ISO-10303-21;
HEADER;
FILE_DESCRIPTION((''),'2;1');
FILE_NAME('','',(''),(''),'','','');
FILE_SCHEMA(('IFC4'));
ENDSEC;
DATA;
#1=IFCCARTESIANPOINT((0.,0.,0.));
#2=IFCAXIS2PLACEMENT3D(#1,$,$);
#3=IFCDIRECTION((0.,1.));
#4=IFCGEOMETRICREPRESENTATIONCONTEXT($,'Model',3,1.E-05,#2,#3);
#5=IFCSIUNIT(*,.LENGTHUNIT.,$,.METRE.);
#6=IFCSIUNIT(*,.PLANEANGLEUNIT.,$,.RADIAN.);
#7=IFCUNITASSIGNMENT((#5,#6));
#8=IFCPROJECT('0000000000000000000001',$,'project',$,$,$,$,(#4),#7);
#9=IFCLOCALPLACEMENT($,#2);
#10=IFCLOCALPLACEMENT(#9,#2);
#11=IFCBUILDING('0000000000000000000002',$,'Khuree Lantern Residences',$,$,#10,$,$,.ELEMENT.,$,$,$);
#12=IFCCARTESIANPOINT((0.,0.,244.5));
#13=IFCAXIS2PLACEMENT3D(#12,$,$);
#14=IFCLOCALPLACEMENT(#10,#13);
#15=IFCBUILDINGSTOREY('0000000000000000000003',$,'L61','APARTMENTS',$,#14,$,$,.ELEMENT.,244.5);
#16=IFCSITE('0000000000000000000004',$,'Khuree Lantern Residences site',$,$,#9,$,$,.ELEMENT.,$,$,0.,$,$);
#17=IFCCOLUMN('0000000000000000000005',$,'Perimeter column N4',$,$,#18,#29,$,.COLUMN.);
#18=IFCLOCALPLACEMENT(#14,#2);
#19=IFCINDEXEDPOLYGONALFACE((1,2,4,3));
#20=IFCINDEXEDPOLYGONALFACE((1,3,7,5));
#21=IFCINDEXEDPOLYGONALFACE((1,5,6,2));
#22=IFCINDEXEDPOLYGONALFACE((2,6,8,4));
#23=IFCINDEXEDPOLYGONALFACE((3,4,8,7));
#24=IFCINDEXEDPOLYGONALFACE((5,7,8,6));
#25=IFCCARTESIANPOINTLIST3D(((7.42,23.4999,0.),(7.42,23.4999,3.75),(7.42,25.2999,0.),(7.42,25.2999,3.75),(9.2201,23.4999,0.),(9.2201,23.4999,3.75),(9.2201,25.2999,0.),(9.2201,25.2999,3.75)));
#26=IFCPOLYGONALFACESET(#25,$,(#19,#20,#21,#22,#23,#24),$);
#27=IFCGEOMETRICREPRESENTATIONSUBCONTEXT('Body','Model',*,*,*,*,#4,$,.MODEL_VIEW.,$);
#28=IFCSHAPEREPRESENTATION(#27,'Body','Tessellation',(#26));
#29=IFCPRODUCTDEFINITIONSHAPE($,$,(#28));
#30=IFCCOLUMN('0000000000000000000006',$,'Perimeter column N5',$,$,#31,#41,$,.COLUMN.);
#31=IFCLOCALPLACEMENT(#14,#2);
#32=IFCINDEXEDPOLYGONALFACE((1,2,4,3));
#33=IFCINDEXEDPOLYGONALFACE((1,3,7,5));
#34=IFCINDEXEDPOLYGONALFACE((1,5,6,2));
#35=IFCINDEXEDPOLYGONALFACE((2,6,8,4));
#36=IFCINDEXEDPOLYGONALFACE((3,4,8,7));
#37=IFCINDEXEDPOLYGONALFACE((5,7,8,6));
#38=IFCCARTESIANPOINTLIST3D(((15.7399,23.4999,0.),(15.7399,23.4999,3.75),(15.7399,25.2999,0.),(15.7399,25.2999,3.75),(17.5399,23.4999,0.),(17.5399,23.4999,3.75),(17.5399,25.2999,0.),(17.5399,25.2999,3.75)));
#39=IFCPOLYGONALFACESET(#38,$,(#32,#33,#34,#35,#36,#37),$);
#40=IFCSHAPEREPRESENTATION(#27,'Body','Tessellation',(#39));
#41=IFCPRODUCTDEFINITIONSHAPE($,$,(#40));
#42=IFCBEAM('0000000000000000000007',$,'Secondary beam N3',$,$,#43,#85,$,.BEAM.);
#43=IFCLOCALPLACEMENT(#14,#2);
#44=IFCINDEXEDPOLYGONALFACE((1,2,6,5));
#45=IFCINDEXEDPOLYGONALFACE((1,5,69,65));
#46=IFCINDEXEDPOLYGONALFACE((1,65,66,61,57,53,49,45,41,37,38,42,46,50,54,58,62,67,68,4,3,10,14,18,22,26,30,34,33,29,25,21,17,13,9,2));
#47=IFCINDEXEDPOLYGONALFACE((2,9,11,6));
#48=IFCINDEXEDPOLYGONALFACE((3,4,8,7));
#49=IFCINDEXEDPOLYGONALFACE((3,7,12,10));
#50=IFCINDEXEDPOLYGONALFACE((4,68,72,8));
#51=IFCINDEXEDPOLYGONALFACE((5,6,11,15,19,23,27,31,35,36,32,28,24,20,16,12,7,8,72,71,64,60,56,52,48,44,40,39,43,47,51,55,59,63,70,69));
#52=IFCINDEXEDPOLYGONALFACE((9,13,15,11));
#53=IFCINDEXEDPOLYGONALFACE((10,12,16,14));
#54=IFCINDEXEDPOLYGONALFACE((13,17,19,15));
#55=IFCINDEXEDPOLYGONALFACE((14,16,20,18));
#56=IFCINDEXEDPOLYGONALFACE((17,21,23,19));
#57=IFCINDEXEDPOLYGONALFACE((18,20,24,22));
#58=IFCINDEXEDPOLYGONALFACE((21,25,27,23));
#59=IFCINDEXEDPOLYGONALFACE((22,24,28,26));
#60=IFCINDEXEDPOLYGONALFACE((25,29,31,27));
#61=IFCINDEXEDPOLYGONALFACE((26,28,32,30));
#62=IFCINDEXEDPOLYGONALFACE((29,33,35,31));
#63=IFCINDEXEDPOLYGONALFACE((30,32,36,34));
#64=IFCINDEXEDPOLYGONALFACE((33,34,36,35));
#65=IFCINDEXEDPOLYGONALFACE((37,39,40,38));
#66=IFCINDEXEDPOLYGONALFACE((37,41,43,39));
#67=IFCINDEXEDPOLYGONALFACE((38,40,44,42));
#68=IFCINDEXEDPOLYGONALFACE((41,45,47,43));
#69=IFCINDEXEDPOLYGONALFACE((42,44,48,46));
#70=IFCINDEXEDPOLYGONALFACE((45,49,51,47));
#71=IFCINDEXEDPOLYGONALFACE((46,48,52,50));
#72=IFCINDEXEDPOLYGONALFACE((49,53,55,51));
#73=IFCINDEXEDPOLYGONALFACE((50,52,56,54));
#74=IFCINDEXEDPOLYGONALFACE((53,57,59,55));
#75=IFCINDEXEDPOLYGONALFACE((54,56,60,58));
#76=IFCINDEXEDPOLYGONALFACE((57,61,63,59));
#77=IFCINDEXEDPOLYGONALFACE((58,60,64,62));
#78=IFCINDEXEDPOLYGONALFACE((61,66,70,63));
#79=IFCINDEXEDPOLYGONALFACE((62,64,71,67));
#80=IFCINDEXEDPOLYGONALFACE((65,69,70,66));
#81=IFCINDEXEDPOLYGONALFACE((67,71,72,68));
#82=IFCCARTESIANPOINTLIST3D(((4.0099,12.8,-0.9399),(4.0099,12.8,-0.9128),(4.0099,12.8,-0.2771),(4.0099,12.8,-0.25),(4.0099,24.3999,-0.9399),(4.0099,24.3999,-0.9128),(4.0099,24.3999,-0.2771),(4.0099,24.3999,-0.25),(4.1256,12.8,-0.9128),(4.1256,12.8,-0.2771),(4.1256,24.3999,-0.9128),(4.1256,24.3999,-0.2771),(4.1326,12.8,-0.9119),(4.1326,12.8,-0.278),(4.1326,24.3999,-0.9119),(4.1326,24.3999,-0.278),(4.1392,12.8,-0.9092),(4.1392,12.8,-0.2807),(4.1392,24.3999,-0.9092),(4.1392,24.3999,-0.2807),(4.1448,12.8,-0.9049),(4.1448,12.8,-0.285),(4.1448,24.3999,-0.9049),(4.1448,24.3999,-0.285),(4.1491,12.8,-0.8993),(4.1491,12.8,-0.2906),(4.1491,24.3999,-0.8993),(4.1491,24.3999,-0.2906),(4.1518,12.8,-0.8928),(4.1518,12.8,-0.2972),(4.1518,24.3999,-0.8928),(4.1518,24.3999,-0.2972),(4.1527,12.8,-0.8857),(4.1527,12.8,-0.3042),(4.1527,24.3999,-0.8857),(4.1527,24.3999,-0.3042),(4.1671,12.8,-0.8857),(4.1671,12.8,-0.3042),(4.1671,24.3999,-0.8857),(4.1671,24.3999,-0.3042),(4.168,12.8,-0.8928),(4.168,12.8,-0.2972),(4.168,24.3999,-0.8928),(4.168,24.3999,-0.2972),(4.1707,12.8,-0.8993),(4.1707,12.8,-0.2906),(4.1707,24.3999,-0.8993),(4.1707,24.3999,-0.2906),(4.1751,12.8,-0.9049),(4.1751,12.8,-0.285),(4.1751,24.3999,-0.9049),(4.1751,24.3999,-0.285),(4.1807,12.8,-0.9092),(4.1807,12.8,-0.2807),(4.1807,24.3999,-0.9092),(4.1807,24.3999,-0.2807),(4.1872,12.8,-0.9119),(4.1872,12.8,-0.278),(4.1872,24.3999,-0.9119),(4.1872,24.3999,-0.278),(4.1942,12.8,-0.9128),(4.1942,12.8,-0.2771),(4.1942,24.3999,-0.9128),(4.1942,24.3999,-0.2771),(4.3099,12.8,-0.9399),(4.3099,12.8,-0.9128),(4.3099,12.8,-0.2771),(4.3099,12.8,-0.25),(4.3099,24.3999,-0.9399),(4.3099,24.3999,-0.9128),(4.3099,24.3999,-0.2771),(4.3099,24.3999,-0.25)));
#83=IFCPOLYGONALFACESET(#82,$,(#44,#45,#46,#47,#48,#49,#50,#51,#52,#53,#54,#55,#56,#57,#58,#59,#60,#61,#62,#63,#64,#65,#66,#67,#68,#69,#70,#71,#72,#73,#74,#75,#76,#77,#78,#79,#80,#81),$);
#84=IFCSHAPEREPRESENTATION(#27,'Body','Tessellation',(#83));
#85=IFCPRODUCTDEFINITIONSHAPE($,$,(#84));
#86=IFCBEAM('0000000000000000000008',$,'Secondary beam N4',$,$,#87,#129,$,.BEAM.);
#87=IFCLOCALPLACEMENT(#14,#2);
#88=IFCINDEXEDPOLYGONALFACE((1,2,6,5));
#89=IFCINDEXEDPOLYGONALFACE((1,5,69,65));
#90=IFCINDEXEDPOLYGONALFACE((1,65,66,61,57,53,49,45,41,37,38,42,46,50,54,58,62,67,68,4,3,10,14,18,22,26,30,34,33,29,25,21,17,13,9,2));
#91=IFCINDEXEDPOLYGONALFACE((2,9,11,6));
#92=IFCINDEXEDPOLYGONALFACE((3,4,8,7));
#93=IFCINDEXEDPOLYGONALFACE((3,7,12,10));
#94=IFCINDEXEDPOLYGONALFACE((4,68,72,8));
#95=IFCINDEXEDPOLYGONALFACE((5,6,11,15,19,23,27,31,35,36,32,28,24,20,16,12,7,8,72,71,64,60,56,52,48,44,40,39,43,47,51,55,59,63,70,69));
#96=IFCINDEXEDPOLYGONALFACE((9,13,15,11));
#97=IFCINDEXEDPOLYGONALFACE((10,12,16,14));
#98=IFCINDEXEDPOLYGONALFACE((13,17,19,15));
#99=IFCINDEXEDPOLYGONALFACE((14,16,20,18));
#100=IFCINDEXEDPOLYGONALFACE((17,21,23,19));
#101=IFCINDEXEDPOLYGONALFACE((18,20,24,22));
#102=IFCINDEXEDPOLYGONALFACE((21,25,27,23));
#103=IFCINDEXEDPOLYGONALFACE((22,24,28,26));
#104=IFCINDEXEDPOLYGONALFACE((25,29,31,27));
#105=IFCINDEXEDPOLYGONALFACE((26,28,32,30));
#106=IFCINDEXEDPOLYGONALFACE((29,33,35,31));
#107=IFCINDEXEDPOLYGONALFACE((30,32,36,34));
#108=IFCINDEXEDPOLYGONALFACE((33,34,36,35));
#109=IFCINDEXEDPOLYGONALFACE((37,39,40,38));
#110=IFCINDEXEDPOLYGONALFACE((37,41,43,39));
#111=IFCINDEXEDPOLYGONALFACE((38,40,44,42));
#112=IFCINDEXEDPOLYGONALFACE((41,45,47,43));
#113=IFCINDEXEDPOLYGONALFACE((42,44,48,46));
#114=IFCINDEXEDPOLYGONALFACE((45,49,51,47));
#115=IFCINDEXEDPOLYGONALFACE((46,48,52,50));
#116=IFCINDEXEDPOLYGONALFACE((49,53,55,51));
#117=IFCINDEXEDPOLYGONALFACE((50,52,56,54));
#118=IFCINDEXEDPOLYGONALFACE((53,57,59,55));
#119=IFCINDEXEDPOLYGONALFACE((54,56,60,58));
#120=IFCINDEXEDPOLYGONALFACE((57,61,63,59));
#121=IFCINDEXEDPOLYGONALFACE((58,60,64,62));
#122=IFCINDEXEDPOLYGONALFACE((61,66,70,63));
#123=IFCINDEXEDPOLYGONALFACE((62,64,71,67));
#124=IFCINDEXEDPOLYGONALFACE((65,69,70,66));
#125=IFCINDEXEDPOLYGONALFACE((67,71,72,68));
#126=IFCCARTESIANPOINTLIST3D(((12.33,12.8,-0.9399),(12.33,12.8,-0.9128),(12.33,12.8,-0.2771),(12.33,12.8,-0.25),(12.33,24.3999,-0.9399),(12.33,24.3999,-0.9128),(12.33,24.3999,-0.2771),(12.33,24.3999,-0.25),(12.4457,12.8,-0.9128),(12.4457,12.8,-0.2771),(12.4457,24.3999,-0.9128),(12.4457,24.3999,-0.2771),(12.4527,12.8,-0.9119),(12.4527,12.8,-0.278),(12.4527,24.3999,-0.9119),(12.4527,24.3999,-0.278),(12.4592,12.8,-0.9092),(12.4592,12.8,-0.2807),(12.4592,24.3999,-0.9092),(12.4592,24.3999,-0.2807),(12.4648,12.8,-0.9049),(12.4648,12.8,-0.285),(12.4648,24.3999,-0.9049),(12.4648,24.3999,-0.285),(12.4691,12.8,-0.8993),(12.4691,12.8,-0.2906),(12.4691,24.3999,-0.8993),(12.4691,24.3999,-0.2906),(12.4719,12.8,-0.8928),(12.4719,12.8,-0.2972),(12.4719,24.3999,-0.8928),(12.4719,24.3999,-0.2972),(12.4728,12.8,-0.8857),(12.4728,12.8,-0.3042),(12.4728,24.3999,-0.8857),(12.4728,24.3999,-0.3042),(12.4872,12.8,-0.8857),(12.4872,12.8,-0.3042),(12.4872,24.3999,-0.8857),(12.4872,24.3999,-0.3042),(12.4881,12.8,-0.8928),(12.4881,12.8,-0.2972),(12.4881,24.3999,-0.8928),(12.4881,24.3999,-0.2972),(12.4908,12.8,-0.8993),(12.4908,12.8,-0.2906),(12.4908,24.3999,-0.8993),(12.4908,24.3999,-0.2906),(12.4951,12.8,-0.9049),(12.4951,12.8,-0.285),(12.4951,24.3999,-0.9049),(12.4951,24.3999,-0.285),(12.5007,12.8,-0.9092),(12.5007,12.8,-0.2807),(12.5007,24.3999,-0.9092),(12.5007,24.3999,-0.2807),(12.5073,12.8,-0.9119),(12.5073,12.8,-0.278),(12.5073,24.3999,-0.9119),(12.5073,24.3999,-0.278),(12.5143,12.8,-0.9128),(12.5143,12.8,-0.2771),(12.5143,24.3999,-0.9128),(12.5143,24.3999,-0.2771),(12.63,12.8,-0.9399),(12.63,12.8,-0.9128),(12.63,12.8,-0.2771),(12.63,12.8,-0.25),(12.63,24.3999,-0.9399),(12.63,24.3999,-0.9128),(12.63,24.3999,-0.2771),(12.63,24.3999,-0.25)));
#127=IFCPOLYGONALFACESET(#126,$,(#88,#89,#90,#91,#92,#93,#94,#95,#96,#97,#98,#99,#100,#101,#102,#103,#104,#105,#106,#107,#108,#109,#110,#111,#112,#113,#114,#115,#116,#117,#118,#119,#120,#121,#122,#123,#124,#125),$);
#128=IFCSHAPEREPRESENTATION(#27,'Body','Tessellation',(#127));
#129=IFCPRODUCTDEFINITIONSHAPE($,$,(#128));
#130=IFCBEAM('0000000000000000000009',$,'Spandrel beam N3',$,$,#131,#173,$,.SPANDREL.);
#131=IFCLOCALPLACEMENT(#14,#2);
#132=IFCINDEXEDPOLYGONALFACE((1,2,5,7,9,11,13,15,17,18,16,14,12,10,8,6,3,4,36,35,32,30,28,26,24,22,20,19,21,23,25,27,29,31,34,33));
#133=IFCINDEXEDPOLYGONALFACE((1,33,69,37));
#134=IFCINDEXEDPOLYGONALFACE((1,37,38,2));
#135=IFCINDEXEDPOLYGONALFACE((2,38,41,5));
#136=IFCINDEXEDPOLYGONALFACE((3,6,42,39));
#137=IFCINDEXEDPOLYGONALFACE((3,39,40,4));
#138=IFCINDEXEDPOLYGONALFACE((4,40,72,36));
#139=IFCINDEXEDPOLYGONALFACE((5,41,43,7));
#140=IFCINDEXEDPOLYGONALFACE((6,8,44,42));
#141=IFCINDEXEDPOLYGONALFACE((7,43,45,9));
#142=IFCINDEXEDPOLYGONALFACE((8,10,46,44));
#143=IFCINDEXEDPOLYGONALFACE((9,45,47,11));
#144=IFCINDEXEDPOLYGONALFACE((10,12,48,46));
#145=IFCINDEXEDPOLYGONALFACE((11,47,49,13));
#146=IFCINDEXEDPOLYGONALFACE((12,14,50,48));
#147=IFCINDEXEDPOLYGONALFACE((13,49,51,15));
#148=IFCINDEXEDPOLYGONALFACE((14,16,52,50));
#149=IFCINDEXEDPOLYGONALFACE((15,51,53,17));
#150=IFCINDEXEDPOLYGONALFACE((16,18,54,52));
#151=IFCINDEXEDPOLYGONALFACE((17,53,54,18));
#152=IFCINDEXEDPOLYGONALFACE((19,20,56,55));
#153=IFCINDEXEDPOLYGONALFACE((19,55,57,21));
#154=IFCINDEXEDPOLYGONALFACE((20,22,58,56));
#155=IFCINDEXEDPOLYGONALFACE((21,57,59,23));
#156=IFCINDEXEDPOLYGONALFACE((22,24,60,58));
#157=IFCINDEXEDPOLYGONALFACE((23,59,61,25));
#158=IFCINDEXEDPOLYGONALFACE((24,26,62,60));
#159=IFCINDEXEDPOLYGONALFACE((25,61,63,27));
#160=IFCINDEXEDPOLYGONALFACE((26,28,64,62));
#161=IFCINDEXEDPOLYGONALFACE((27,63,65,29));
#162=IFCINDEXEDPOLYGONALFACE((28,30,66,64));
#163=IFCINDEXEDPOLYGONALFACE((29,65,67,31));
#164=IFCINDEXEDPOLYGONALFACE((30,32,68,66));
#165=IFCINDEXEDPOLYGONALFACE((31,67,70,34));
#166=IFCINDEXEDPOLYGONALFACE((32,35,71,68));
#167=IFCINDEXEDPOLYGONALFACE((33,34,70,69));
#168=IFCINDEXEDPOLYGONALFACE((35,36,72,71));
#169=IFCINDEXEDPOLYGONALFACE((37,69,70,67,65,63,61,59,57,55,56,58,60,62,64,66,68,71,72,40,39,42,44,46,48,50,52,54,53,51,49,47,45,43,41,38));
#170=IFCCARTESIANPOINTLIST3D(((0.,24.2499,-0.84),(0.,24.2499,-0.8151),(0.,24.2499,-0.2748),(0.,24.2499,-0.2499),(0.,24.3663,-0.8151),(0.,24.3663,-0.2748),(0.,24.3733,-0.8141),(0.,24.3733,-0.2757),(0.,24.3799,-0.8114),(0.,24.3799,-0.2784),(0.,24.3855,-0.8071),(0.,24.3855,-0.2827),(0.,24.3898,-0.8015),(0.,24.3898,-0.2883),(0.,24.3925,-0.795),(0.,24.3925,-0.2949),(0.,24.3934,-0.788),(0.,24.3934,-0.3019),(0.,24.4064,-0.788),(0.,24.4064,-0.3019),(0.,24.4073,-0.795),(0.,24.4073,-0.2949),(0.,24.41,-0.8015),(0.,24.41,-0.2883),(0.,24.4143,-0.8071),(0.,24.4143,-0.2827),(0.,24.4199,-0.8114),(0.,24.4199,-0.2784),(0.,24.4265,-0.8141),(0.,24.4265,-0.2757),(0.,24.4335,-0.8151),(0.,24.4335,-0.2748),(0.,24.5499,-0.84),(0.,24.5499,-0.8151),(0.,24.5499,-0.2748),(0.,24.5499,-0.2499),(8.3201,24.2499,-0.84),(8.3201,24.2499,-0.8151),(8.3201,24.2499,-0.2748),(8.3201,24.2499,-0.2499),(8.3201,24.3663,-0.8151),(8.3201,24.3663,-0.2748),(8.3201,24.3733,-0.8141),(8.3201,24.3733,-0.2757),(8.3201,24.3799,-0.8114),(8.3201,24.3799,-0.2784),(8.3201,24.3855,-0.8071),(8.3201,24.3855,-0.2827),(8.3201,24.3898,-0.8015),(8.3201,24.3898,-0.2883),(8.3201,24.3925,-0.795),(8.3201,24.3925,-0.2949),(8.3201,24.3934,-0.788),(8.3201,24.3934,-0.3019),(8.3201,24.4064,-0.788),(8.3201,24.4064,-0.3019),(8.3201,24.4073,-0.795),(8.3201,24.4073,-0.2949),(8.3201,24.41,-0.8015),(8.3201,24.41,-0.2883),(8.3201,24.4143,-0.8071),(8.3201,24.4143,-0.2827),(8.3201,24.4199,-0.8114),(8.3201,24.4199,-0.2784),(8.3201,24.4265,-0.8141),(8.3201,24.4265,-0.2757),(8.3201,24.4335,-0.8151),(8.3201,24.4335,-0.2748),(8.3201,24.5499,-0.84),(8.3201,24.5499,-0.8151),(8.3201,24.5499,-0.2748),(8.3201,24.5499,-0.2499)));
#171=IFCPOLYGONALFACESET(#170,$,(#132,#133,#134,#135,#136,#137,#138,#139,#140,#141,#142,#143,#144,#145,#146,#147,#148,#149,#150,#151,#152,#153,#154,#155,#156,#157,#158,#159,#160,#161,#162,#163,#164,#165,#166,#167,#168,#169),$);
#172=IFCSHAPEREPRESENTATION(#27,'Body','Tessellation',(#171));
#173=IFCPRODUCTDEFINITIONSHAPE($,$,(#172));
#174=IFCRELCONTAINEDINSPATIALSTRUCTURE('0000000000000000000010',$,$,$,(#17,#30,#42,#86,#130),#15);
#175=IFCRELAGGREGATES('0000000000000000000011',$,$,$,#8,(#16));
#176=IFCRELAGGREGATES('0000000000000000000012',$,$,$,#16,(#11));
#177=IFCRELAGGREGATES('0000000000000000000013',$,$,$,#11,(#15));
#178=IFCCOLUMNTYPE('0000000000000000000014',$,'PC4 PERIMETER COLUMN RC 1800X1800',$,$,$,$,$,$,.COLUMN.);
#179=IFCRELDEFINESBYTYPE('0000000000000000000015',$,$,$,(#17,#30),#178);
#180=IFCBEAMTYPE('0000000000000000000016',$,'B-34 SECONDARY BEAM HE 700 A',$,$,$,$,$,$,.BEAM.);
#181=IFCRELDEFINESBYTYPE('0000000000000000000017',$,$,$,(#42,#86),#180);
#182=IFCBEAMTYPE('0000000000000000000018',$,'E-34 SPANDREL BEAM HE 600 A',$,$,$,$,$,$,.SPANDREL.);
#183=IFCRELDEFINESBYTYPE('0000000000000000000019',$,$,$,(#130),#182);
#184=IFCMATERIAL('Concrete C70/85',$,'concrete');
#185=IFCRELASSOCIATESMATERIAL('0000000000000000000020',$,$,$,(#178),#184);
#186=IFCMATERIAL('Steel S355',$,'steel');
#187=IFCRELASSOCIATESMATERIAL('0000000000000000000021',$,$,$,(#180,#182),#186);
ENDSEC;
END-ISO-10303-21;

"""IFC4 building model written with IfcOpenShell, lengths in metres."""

from ifc_helpers import new_model, si_unit, direction, frame, origin, origin_2d, place, context, subcontext, project, spatial, rectangle, i_section, extrude, material, material_profile, profile_set, type_object, element, save


model = new_model("IFC4")

# Units and contexts
model_context = context("Model", 3, precision=1e-05, world=origin(), true_north=direction((0.0, 1.0)))
body_context = subcontext(model_context, "Body", "Model", "MODEL_VIEW")
ifc_project = project(units=[si_unit("LENGTHUNIT", "METRE"), si_unit("PLANEANGLEUNIT", "RADIAN")], contexts=[model_context])

# Site, building, storey
site_placement = place(None, origin())
site = spatial("IfcSite", under=ifc_project, at=site_placement, Name="Khuree Lantern Residences site", CompositionType="ELEMENT", RefElevation=0.0)
building_placement = place(site_placement, origin())
building = spatial("IfcBuilding", under=site, at=building_placement, Name="Khuree Lantern Residences", CompositionType="ELEMENT")
storey_placement = place(building_placement, frame((0.0, 0.0, 244.5)))
storey = spatial("IfcBuildingStorey", under=building, at=storey_placement, Name="L61", Description="APARTMENTS", CompositionType="ELEMENT", Elevation=244.5)

# Columns
ifc_material_1 = material(Name="Concrete C70/85", Category="concrete")
ifc_material_profile_1 = material_profile(ifc_material_1, rectangle(XDim=1.8, YDim=1.8, at=origin_2d()), Name="RC 1800X1800")
ifc_profile_set_1 = profile_set([ifc_material_profile_1], Name="Concrete C70/85")
column_type = type_object("IfcColumnType", Name="PC4 PERIMETER COLUMN RC 1800X1800", PredefinedType="COLUMN", material=ifc_profile_set_1)
for number, where, z_axis, x_axis, name in (
    (1, (8.3201, 24.3999, 0.0), (0.0, 0.0, 1.0), (1.0, 0.0, 0.0), "Perimeter column N4"),
    (2, (16.6399, 24.3999, 0.0), (0.0, 0.0, 1.0), (1.0, 0.0, 0.0), "Perimeter column N5"),
):
    element("IfcColumn", number, at=place(storey_placement, frame(where, z_axis=z_axis, x_axis=x_axis)), inside=storey, type_object=column_type, Name=name, PredefinedType="COLUMN", context=body_context, shape_type="SweptSolid", body=[
        extrude(rectangle(XDim=1.8, YDim=1.8, at=origin_2d()), origin(), (0.0, 0.0, 1.0), 3.75),
    ])

# Beams
ifc_material_2 = material(Name="Steel S355", Category="steel")
ifc_material_profile_2 = material_profile(ifc_material_2, i_section(OverallWidth=0.3, OverallDepth=0.6899, WebThickness=0.0144, FlangeThickness=0.0271, FilletRadius=0.0271, at=origin_2d()), Name="HE 700 A")
ifc_profile_set_2 = profile_set([ifc_material_profile_2], Name="Steel S355")
beam_type_1 = type_object("IfcBeamType", Name="B-34 SECONDARY BEAM HE 700 A", PredefinedType="BEAM", material=ifc_profile_set_2)
for number, where, z_axis, x_axis, name in (
    (3, (4.1599, 24.3999, -0.595), (0.0, -1.0, 0.0), (1.0, 0.0, 0.0), "Secondary beam N3"),
    (4, (12.48, 24.3999, -0.595), (0.0, -1.0, 0.0), (1.0, 0.0, 0.0), "Secondary beam N4"),
):
    element("IfcBeam", number, at=place(storey_placement, frame(where, z_axis=z_axis, x_axis=x_axis)), inside=storey, type_object=beam_type_1, Name=name, PredefinedType="BEAM", context=body_context, shape_type="SweptSolid", body=[
        extrude(i_section(OverallWidth=0.3, OverallDepth=0.6899, WebThickness=0.0144, FlangeThickness=0.0271, FilletRadius=0.0271, at=origin_2d()), origin(), (0.0, 0.0, 1.0), 11.5999),
    ])
ifc_material_profile_3 = material_profile(ifc_material_2, i_section(OverallWidth=0.3, OverallDepth=0.5901, WebThickness=0.0129, FlangeThickness=0.0249, FilletRadius=0.0271, at=origin_2d()), Name="HE 600 A")
ifc_profile_set_3 = profile_set([ifc_material_profile_3], Name="Steel S355")
beam_type_2 = type_object("IfcBeamType", Name="E-34 SPANDREL BEAM HE 600 A", PredefinedType="SPANDREL", material=ifc_profile_set_3)
beam_1_placement = place(storey_placement, frame((0.0, 24.3999, -0.5449), z_axis=(1.0, 0.0, 0.0), x_axis=(0.0, 1.0, 0.0)))
element("IfcBeam", 5, at=beam_1_placement, inside=storey, type_object=beam_type_2, Name="Spandrel beam N3", PredefinedType="SPANDREL", context=body_context, shape_type="SweptSolid", body=[
    extrude(i_section(OverallWidth=0.3, OverallDepth=0.5901, WebThickness=0.0129, FlangeThickness=0.0249, FilletRadius=0.0271, at=origin_2d()), origin(), (0.0, 0.0, 1.0), 8.3201),
])

save(model, "model.ifc")
